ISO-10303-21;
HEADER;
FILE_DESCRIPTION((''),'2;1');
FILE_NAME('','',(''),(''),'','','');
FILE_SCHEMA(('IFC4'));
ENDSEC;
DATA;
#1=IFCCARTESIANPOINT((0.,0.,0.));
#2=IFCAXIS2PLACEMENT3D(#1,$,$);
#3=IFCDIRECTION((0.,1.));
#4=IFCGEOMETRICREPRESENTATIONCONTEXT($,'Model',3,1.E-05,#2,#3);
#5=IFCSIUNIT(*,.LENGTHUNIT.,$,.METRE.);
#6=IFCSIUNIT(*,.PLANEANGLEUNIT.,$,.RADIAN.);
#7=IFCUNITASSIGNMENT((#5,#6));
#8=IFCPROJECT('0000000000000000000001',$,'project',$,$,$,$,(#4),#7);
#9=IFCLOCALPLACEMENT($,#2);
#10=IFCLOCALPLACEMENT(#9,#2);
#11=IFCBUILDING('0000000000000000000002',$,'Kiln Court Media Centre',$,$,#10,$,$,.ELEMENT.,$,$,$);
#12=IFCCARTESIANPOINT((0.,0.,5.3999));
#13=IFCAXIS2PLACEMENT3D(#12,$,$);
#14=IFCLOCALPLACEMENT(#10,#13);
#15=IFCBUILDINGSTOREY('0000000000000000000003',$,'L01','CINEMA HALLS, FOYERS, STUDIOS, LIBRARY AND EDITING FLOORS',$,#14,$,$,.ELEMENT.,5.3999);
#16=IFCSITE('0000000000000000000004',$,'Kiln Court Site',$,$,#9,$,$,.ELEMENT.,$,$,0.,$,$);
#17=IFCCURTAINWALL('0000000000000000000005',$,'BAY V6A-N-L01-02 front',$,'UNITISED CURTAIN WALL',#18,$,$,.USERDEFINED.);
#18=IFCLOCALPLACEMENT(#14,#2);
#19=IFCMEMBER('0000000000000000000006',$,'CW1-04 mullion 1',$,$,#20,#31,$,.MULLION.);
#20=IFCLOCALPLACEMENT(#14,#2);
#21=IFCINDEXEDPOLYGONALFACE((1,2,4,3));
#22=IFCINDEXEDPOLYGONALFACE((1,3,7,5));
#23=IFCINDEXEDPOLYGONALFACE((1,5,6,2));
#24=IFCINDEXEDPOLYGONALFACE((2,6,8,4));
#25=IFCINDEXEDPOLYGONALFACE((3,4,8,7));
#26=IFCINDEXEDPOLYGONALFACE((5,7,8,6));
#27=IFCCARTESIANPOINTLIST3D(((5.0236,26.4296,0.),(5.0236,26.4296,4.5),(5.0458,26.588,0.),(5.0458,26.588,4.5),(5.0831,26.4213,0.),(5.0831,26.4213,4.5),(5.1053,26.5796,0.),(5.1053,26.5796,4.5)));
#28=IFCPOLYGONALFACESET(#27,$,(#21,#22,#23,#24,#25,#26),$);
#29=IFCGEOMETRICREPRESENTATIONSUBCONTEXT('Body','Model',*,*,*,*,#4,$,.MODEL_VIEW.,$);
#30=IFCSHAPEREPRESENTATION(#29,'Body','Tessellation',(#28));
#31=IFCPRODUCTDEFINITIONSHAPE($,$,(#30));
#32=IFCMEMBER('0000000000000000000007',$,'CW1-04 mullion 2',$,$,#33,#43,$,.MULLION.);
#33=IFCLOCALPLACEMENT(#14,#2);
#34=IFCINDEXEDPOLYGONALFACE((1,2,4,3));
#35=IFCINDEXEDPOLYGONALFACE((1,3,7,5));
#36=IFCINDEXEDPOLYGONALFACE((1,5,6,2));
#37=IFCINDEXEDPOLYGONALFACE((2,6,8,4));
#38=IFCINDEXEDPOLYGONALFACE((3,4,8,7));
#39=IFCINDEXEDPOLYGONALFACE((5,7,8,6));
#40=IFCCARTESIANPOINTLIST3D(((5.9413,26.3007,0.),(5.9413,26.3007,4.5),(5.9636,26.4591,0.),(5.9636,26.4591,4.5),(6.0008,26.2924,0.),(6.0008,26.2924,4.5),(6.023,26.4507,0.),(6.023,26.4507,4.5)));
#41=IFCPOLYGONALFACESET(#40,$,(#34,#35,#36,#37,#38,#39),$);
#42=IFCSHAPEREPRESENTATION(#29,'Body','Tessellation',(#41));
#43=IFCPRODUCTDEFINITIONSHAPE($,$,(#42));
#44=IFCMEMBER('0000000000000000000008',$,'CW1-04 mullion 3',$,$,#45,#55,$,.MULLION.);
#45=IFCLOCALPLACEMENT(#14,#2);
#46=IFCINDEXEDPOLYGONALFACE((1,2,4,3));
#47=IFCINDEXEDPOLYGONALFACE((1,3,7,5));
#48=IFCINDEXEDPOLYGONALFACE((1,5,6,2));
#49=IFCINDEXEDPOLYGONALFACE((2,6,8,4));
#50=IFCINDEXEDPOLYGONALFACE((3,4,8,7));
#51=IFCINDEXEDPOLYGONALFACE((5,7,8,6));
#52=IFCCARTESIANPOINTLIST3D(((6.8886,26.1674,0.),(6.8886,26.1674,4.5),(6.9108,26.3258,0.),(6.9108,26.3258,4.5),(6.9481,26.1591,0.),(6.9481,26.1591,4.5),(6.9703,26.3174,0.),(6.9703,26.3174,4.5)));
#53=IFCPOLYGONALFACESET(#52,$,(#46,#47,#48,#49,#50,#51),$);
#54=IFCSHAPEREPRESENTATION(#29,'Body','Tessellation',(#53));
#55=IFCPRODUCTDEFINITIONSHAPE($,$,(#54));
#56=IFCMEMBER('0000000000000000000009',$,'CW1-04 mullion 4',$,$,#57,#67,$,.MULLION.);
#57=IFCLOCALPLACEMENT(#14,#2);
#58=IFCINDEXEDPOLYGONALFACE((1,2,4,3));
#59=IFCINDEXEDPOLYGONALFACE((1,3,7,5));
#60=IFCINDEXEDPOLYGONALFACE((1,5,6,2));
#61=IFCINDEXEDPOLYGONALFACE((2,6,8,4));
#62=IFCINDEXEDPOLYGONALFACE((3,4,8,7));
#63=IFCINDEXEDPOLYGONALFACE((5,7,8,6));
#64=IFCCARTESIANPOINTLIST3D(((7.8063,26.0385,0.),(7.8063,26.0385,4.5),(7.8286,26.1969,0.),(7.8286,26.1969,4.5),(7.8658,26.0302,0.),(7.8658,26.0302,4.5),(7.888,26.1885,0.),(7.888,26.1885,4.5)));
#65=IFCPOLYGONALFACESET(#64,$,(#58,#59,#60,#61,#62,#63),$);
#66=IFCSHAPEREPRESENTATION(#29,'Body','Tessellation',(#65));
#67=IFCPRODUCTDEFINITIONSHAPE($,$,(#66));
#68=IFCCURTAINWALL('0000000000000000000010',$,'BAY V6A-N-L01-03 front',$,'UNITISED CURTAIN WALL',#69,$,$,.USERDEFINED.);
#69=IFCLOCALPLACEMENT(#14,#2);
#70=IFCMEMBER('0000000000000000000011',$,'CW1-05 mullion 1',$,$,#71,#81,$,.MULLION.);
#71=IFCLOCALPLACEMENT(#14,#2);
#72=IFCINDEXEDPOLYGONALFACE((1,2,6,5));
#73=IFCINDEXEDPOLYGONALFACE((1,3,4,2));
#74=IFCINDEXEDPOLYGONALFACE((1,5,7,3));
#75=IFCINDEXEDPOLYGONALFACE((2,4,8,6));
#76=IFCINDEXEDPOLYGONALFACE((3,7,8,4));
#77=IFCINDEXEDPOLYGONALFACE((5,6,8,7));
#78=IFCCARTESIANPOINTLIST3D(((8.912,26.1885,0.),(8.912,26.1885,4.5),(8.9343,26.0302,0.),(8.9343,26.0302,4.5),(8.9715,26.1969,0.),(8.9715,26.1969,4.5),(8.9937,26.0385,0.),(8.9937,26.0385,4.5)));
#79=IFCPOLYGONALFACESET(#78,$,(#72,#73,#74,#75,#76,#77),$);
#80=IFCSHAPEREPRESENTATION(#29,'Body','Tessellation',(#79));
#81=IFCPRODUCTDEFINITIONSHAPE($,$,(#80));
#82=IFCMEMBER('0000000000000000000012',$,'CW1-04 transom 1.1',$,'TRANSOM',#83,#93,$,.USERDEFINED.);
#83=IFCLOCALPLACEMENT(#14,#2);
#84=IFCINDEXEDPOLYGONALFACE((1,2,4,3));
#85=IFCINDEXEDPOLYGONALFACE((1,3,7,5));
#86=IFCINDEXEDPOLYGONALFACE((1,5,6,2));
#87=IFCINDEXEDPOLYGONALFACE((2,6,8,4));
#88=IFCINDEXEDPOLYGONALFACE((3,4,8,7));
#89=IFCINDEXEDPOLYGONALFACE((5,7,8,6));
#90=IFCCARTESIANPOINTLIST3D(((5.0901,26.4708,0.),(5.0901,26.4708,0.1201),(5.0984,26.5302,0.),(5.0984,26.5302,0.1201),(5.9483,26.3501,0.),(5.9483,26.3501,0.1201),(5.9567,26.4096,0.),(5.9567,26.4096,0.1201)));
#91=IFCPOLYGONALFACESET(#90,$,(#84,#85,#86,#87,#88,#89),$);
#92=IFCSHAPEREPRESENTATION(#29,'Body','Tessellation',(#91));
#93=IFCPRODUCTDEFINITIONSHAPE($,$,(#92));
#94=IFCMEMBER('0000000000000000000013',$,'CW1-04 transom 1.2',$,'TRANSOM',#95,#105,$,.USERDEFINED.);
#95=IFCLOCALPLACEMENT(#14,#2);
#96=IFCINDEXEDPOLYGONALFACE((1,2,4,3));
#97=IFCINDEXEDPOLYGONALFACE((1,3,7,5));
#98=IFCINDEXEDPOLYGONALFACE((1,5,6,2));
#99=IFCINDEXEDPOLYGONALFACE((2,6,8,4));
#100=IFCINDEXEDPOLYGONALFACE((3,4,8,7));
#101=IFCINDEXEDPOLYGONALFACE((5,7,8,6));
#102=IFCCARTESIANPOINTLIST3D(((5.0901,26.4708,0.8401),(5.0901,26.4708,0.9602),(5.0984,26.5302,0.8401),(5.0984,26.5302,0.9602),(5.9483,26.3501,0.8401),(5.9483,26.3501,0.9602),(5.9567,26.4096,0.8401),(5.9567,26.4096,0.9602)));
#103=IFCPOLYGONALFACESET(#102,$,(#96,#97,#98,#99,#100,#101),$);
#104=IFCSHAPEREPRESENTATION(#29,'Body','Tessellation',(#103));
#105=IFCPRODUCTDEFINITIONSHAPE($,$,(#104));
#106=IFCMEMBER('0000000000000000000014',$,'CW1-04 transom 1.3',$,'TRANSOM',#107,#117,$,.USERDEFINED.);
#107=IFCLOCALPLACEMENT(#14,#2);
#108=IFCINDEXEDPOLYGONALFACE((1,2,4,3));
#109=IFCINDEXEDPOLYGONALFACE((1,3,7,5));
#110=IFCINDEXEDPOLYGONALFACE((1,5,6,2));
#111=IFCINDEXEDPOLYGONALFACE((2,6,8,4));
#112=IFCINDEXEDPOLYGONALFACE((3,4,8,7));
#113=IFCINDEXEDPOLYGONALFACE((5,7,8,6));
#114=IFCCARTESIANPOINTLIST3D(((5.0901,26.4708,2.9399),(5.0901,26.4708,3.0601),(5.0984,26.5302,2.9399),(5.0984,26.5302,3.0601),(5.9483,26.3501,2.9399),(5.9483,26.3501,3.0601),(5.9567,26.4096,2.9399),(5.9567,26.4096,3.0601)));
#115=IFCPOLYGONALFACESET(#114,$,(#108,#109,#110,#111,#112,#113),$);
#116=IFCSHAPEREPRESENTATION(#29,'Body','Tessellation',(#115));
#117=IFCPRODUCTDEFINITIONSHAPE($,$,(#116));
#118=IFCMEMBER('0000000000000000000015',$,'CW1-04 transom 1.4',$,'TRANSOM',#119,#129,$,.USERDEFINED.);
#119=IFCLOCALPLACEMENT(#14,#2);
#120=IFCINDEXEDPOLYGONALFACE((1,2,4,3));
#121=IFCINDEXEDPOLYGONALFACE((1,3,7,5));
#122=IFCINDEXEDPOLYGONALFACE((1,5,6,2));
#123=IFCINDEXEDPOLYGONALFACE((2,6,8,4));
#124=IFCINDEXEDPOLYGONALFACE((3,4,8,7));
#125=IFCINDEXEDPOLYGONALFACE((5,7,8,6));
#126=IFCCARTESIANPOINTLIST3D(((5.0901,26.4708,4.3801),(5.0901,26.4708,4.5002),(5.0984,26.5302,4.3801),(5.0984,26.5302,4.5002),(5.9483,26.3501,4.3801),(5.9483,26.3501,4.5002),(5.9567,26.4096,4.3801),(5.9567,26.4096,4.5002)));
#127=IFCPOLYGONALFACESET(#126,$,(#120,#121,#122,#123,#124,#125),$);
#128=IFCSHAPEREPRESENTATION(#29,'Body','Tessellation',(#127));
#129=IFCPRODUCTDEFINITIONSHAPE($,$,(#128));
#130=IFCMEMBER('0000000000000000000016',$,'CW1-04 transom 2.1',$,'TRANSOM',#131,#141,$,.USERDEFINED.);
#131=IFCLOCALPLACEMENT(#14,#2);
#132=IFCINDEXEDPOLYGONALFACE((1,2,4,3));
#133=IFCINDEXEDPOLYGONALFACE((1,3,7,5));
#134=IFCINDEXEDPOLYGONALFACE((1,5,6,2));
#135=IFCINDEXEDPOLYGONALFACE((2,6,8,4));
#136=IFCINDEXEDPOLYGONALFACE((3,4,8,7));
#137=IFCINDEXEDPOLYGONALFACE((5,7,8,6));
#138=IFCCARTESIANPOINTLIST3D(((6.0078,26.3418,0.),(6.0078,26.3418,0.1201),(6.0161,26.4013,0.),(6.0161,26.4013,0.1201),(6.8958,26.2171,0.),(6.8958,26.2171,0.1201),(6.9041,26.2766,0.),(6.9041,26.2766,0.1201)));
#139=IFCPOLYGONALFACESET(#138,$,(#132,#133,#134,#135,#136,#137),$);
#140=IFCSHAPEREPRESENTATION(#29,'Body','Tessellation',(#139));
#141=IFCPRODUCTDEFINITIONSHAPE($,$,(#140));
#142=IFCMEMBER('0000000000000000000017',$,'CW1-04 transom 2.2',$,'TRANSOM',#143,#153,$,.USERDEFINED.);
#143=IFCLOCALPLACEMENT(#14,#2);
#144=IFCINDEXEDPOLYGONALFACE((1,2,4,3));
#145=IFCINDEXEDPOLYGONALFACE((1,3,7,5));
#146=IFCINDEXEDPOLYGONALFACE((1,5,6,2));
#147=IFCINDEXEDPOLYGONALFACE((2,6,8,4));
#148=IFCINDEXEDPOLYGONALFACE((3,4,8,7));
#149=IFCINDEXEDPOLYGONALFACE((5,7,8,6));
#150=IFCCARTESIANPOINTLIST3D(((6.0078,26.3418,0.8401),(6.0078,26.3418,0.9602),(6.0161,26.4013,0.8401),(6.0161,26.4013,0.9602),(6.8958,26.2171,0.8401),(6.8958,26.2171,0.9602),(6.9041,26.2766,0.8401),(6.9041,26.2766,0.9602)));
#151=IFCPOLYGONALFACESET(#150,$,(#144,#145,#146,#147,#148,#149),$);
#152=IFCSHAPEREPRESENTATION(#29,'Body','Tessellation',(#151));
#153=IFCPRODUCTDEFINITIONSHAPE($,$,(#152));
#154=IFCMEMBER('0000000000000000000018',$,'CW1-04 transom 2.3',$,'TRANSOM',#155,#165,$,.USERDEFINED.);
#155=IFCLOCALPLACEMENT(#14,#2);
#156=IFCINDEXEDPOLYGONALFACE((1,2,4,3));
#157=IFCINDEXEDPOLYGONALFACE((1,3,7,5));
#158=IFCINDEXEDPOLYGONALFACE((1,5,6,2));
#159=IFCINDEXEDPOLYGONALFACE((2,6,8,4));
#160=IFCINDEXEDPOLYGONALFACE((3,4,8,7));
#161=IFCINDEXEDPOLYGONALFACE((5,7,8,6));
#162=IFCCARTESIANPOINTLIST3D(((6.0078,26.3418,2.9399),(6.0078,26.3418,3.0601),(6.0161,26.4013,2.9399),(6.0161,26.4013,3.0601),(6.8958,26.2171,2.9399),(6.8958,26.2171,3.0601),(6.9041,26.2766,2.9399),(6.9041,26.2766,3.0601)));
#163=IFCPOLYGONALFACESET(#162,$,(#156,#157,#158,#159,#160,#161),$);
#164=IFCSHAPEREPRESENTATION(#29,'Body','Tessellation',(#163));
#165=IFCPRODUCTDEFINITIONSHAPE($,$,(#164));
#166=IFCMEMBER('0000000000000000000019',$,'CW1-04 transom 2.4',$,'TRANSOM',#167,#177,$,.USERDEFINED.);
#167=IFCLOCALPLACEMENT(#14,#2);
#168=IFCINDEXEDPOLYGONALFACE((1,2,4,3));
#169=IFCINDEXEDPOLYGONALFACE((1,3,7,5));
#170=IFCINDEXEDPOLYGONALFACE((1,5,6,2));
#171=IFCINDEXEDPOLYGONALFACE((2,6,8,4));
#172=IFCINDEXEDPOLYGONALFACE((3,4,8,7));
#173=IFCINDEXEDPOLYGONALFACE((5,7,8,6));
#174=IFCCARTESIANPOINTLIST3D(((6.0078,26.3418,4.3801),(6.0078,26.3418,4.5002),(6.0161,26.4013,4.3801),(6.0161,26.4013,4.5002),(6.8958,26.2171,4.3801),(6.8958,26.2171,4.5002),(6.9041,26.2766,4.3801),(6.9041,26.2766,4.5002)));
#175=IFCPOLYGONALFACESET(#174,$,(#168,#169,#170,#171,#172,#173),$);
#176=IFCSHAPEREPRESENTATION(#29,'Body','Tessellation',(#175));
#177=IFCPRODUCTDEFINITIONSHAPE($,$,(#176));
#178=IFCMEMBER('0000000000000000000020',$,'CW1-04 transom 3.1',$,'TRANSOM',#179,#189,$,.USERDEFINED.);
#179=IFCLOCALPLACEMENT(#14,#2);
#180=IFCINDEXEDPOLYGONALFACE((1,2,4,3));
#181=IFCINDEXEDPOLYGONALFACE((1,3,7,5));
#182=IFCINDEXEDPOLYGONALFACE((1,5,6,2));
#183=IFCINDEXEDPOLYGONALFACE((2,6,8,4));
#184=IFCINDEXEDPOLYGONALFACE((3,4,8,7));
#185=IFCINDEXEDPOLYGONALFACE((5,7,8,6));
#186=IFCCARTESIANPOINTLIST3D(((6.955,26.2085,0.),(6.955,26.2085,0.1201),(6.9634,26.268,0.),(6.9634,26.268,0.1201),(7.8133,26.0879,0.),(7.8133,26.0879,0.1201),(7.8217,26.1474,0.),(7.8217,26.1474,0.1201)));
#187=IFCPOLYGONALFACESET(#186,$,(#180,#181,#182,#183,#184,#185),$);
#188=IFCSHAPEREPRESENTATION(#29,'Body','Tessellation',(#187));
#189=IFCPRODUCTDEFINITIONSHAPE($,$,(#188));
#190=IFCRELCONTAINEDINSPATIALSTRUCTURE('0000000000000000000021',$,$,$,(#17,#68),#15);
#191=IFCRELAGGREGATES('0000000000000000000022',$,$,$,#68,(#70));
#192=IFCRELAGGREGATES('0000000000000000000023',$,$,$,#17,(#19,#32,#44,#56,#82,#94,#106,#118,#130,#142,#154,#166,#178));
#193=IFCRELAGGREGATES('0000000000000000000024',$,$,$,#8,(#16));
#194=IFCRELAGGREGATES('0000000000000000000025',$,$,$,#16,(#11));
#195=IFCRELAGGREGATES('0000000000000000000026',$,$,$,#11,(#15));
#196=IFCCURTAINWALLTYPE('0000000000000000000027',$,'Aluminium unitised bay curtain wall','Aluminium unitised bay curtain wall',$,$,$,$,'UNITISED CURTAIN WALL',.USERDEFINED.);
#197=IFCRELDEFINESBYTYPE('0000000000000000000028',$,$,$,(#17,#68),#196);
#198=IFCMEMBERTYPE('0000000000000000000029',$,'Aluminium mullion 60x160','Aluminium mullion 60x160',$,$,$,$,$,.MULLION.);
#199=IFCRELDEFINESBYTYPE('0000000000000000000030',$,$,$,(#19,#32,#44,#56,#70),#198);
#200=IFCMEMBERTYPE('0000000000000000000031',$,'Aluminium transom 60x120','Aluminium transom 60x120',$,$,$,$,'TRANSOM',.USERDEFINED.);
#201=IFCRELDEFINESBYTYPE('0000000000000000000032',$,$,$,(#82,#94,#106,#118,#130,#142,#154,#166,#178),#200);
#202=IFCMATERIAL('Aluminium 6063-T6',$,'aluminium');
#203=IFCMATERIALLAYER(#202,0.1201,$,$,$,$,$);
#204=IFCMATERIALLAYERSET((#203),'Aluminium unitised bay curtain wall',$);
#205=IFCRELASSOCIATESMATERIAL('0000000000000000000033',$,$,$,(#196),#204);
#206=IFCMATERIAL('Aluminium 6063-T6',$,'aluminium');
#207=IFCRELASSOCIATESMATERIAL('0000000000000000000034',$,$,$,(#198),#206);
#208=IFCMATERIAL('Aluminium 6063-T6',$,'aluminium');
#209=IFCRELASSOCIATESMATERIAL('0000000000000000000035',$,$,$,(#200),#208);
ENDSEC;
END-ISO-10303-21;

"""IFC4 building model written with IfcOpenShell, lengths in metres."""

from ifc_helpers import new_model, si_unit, direction, frame, origin, origin_2d, place, context, subcontext, project, spatial, rectangle, extrude, material, layer, layer_set, material_profile, profile_set, type_object, element, aggregate, save


model = new_model("IFC4")

# Units and contexts
model_context = context("Model", 3, precision=1e-05, world=origin(), true_north=direction((0.0, 1.0)))
body_context = subcontext(model_context, "Body", "Model", "MODEL_VIEW")
ifc_project = project(units=[si_unit("LENGTHUNIT", "METRE"), si_unit("PLANEANGLEUNIT", "RADIAN")], contexts=[model_context])

# Site, building, storey
site_placement = place(None, origin())
site = spatial("IfcSite", under=ifc_project, at=site_placement, Name="Kiln Court Site", CompositionType="ELEMENT", RefElevation=0.0)
building_placement = place(site_placement, origin())
building = spatial("IfcBuilding", under=site, at=building_placement, Name="Kiln Court Media Centre", CompositionType="ELEMENT")
storey_placement = place(building_placement, frame((0.0, 0.0, 5.3999)))
storey = spatial("IfcBuildingStorey", under=building, at=storey_placement, Name="L01", Description="CINEMA HALLS, FOYERS, STUDIOS, LIBRARY AND EDITING FLOORS", CompositionType="ELEMENT", Elevation=5.3999)

# Curtain wall, members
ifc_material_1 = material(Name="Aluminium 6063-T6", Category="aluminium")
ifc_layer_1 = layer(ifc_material_1, 0.1201)
ifc_layer_set_1 = layer_set([ifc_layer_1], Name="Aluminium unitised bay curtain wall")
curtain_wall_type = type_object("IfcCurtainWallType", Name="Aluminium unitised bay curtain wall", Description="Aluminium unitised bay curtain wall", ElementType="UNITISED CURTAIN WALL", PredefinedType="USERDEFINED", material=ifc_layer_set_1)
curtain_wall_1_placement = place(storey_placement, origin())
curtain_wall_1 = element("IfcCurtainWall", 1, at=curtain_wall_1_placement, inside=storey, type_object=curtain_wall_type, Name="BAY V6A-N-L01-02 front", ObjectType="UNITISED CURTAIN WALL", PredefinedType="USERDEFINED")
ifc_material_2 = material(Name="Aluminium 6063-T6", Category="aluminium")
ifc_material_profile_1 = material_profile(ifc_material_2, rectangle(XDim=0.0601, YDim=0.1599, at=origin_2d()), Name="Aluminium mullion 60x160")
ifc_profile_set_1 = profile_set([ifc_material_profile_1], Name="Aluminium 6063-T6")
member_type_1 = type_object("IfcMemberType", Name="Aluminium mullion 60x160", Description="Aluminium mullion 60x160", PredefinedType="MULLION", material=ifc_profile_set_1)
member_1_placement = place(storey_placement, frame((5.0645, 26.5046, 0.0), z_axis=(0.0, 0.0, 1.0), x_axis=(0.99027, -0.139162, 0.0)))
member_1 = element("IfcMember", 2, at=member_1_placement, type_object=member_type_1, Name="CW1-04 mullion 1", PredefinedType="MULLION", context=body_context, shape_type="SweptSolid", body=[
    extrude(rectangle(XDim=0.0601, YDim=0.1599, at=origin_2d()), origin(), (0.0, 0.0, 1.0), 4.5),
])
member_2_placement = place(storey_placement, frame((5.9822, 26.3757, 0.0), z_axis=(0.0, 0.0, 1.0), x_axis=(0.99027, -0.139162, 0.0)))
member_2 = element("IfcMember", 3, at=member_2_placement, type_object=member_type_1, Name="CW1-04 mullion 2", PredefinedType="MULLION", context=body_context, shape_type="SweptSolid", body=[
    extrude(rectangle(XDim=0.0601, YDim=0.1599, at=origin_2d()), origin(), (0.0, 0.0, 1.0), 4.5),
])
member_3_placement = place(storey_placement, frame((6.9294, 26.2424, 0.0), z_axis=(0.0, 0.0, 1.0), x_axis=(0.99027, -0.139162, 0.0)))
member_3 = element("IfcMember", 4, at=member_3_placement, type_object=member_type_1, Name="CW1-04 mullion 3", PredefinedType="MULLION", context=body_context, shape_type="SweptSolid", body=[
    extrude(rectangle(XDim=0.0601, YDim=0.1599, at=origin_2d()), origin(), (0.0, 0.0, 1.0), 4.5),
])
member_4_placement = place(storey_placement, frame((7.8472, 26.1135, 0.0), z_axis=(0.0, 0.0, 1.0), x_axis=(0.99027, -0.139162, 0.0)))
member_4 = element("IfcMember", 5, at=member_4_placement, type_object=member_type_1, Name="CW1-04 mullion 4", PredefinedType="MULLION", context=body_context, shape_type="SweptSolid", body=[
    extrude(rectangle(XDim=0.0601, YDim=0.1599, at=origin_2d()), origin(), (0.0, 0.0, 1.0), 4.5),
])

# Curtain wall, member
curtain_wall_2_placement = place(storey_placement, origin())
curtain_wall_2 = element("IfcCurtainWall", 6, at=curtain_wall_2_placement, inside=storey, type_object=curtain_wall_type, Name="BAY V6A-N-L01-03 front", ObjectType="UNITISED CURTAIN WALL", PredefinedType="USERDEFINED")
member_5_placement = place(storey_placement, frame((8.9529, 26.1135, 0.0), z_axis=(0.0, 0.0, 1.0), x_axis=(0.99027, 0.139162, 0.0)))
member_5 = element("IfcMember", 7, at=member_5_placement, type_object=member_type_1, Name="CW1-05 mullion 1", PredefinedType="MULLION", context=body_context, shape_type="SweptSolid", body=[
    extrude(rectangle(XDim=0.0601, YDim=0.1599, at=origin_2d()), origin(), (0.0, 0.0, 1.0), 4.5),
])

# Members
ifc_material_3 = material(Name="Aluminium 6063-T6", Category="aluminium")
ifc_material_profile_2 = material_profile(ifc_material_3, rectangle(XDim=0.0601, YDim=0.1201, at=origin_2d()), Name="Aluminium transom 60x120")
ifc_profile_set_2 = profile_set([ifc_material_profile_2], Name="Aluminium 6063-T6")
member_type_2 = type_object("IfcMemberType", Name="Aluminium transom 60x120", Description="Aluminium transom 60x120", ElementType="TRANSOM", PredefinedType="USERDEFINED", material=ifc_profile_set_2)
member_6_placement = place(storey_placement, frame((5.0942, 26.5005, 0.0601), z_axis=(0.990268, -0.139173, 0.0), x_axis=(0.139173, 0.990268, 0.0)))
member_6 = element("IfcMember", 8, at=member_6_placement, type_object=member_type_2, Name="CW1-04 transom 1.1", ObjectType="TRANSOM", PredefinedType="USERDEFINED", context=body_context, shape_type="SweptSolid", body=[
    extrude(rectangle(XDim=0.0601, YDim=0.1201, at=origin_2d()), origin(), (0.0, 0.0, 1.0), 0.8667),
])
member_7_placement = place(storey_placement, frame((5.0942, 26.5005, 0.9001), z_axis=(0.990268, -0.139173, 0.0), x_axis=(0.139173, 0.990268, 0.0)))
member_7 = element("IfcMember", 9, at=member_7_placement, type_object=member_type_2, Name="CW1-04 transom 1.2", ObjectType="TRANSOM", PredefinedType="USERDEFINED", context=body_context, shape_type="SweptSolid", body=[
    extrude(rectangle(XDim=0.0601, YDim=0.1201, at=origin_2d()), origin(), (0.0, 0.0, 1.0), 0.8667),
])
member_8_placement = place(storey_placement, frame((5.0942, 26.5005, 3.0), z_axis=(0.990268, -0.139173, 0.0), x_axis=(0.139173, 0.990268, 0.0)))
member_8 = element("IfcMember", 10, at=member_8_placement, type_object=member_type_2, Name="CW1-04 transom 1.3", ObjectType="TRANSOM", PredefinedType="USERDEFINED", context=body_context, shape_type="SweptSolid", body=[
    extrude(rectangle(XDim=0.0601, YDim=0.1201, at=origin_2d()), origin(), (0.0, 0.0, 1.0), 0.8667),
])
member_9_placement = place(storey_placement, frame((5.0942, 26.5005, 4.4402), z_axis=(0.990268, -0.139173, 0.0), x_axis=(0.139173, 0.990268, 0.0)))
member_9 = element("IfcMember", 11, at=member_9_placement, type_object=member_type_2, Name="CW1-04 transom 1.4", ObjectType="TRANSOM", PredefinedType="USERDEFINED", context=body_context, shape_type="SweptSolid", body=[
    extrude(rectangle(XDim=0.0601, YDim=0.1201, at=origin_2d()), origin(), (0.0, 0.0, 1.0), 0.8667),
])
member_10_placement = place(storey_placement, frame((6.012, 26.3716, 0.0601), z_axis=(0.990274, -0.139134, 0.0), x_axis=(0.139134, 0.990274, 0.0)))
member_10 = element("IfcMember", 12, at=member_10_placement, type_object=member_type_2, Name="CW1-04 transom 2.1", ObjectType="TRANSOM", PredefinedType="USERDEFINED", context=body_context, shape_type="SweptSolid", body=[
    extrude(rectangle(XDim=0.0601, YDim=0.1201, at=origin_2d()), origin(), (0.0, 0.0, 1.0), 0.8967),
])
member_11_placement = place(storey_placement, frame((6.012, 26.3716, 0.9001), z_axis=(0.990274, -0.139134, 0.0), x_axis=(0.139134, 0.990274, 0.0)))
member_11 = element("IfcMember", 13, at=member_11_placement, type_object=member_type_2, Name="CW1-04 transom 2.2", ObjectType="TRANSOM", PredefinedType="USERDEFINED", context=body_context, shape_type="SweptSolid", body=[
    extrude(rectangle(XDim=0.0601, YDim=0.1201, at=origin_2d()), origin(), (0.0, 0.0, 1.0), 0.8967),
])
member_12_placement = place(storey_placement, frame((6.012, 26.3716, 3.0), z_axis=(0.990274, -0.139134, 0.0), x_axis=(0.139134, 0.990274, 0.0)))
member_12 = element("IfcMember", 14, at=member_12_placement, type_object=member_type_2, Name="CW1-04 transom 2.3", ObjectType="TRANSOM", PredefinedType="USERDEFINED", context=body_context, shape_type="SweptSolid", body=[
    extrude(rectangle(XDim=0.0601, YDim=0.1201, at=origin_2d()), origin(), (0.0, 0.0, 1.0), 0.8967),
])
member_13_placement = place(storey_placement, frame((6.012, 26.3716, 4.4402), z_axis=(0.990274, -0.139134, 0.0), x_axis=(0.139134, 0.990274, 0.0)))
member_13 = element("IfcMember", 15, at=member_13_placement, type_object=member_type_2, Name="CW1-04 transom 2.4", ObjectType="TRANSOM", PredefinedType="USERDEFINED", context=body_context, shape_type="SweptSolid", body=[
    extrude(rectangle(XDim=0.0601, YDim=0.1201, at=origin_2d()), origin(), (0.0, 0.0, 1.0), 0.8967),
])
member_14_placement = place(storey_placement, frame((6.9592, 26.2383, 0.0601), z_axis=(0.990268, -0.139173, 0.0), x_axis=(0.139173, 0.990268, 0.0)))
member_14 = element("IfcMember", 16, at=member_14_placement, type_object=member_type_2, Name="CW1-04 transom 3.1", ObjectType="TRANSOM", PredefinedType="USERDEFINED", context=body_context, shape_type="SweptSolid", body=[
    extrude(rectangle(XDim=0.0601, YDim=0.1201, at=origin_2d()), origin(), (0.0, 0.0, 1.0), 0.8667),
])
aggregate(curtain_wall_2, [member_5])

aggregate(curtain_wall_1, [member_1, member_2, member_3, member_4, member_6, member_7, member_8, member_9, member_10, member_11, member_12, member_13, member_14])

save(model, "model.ifc")
